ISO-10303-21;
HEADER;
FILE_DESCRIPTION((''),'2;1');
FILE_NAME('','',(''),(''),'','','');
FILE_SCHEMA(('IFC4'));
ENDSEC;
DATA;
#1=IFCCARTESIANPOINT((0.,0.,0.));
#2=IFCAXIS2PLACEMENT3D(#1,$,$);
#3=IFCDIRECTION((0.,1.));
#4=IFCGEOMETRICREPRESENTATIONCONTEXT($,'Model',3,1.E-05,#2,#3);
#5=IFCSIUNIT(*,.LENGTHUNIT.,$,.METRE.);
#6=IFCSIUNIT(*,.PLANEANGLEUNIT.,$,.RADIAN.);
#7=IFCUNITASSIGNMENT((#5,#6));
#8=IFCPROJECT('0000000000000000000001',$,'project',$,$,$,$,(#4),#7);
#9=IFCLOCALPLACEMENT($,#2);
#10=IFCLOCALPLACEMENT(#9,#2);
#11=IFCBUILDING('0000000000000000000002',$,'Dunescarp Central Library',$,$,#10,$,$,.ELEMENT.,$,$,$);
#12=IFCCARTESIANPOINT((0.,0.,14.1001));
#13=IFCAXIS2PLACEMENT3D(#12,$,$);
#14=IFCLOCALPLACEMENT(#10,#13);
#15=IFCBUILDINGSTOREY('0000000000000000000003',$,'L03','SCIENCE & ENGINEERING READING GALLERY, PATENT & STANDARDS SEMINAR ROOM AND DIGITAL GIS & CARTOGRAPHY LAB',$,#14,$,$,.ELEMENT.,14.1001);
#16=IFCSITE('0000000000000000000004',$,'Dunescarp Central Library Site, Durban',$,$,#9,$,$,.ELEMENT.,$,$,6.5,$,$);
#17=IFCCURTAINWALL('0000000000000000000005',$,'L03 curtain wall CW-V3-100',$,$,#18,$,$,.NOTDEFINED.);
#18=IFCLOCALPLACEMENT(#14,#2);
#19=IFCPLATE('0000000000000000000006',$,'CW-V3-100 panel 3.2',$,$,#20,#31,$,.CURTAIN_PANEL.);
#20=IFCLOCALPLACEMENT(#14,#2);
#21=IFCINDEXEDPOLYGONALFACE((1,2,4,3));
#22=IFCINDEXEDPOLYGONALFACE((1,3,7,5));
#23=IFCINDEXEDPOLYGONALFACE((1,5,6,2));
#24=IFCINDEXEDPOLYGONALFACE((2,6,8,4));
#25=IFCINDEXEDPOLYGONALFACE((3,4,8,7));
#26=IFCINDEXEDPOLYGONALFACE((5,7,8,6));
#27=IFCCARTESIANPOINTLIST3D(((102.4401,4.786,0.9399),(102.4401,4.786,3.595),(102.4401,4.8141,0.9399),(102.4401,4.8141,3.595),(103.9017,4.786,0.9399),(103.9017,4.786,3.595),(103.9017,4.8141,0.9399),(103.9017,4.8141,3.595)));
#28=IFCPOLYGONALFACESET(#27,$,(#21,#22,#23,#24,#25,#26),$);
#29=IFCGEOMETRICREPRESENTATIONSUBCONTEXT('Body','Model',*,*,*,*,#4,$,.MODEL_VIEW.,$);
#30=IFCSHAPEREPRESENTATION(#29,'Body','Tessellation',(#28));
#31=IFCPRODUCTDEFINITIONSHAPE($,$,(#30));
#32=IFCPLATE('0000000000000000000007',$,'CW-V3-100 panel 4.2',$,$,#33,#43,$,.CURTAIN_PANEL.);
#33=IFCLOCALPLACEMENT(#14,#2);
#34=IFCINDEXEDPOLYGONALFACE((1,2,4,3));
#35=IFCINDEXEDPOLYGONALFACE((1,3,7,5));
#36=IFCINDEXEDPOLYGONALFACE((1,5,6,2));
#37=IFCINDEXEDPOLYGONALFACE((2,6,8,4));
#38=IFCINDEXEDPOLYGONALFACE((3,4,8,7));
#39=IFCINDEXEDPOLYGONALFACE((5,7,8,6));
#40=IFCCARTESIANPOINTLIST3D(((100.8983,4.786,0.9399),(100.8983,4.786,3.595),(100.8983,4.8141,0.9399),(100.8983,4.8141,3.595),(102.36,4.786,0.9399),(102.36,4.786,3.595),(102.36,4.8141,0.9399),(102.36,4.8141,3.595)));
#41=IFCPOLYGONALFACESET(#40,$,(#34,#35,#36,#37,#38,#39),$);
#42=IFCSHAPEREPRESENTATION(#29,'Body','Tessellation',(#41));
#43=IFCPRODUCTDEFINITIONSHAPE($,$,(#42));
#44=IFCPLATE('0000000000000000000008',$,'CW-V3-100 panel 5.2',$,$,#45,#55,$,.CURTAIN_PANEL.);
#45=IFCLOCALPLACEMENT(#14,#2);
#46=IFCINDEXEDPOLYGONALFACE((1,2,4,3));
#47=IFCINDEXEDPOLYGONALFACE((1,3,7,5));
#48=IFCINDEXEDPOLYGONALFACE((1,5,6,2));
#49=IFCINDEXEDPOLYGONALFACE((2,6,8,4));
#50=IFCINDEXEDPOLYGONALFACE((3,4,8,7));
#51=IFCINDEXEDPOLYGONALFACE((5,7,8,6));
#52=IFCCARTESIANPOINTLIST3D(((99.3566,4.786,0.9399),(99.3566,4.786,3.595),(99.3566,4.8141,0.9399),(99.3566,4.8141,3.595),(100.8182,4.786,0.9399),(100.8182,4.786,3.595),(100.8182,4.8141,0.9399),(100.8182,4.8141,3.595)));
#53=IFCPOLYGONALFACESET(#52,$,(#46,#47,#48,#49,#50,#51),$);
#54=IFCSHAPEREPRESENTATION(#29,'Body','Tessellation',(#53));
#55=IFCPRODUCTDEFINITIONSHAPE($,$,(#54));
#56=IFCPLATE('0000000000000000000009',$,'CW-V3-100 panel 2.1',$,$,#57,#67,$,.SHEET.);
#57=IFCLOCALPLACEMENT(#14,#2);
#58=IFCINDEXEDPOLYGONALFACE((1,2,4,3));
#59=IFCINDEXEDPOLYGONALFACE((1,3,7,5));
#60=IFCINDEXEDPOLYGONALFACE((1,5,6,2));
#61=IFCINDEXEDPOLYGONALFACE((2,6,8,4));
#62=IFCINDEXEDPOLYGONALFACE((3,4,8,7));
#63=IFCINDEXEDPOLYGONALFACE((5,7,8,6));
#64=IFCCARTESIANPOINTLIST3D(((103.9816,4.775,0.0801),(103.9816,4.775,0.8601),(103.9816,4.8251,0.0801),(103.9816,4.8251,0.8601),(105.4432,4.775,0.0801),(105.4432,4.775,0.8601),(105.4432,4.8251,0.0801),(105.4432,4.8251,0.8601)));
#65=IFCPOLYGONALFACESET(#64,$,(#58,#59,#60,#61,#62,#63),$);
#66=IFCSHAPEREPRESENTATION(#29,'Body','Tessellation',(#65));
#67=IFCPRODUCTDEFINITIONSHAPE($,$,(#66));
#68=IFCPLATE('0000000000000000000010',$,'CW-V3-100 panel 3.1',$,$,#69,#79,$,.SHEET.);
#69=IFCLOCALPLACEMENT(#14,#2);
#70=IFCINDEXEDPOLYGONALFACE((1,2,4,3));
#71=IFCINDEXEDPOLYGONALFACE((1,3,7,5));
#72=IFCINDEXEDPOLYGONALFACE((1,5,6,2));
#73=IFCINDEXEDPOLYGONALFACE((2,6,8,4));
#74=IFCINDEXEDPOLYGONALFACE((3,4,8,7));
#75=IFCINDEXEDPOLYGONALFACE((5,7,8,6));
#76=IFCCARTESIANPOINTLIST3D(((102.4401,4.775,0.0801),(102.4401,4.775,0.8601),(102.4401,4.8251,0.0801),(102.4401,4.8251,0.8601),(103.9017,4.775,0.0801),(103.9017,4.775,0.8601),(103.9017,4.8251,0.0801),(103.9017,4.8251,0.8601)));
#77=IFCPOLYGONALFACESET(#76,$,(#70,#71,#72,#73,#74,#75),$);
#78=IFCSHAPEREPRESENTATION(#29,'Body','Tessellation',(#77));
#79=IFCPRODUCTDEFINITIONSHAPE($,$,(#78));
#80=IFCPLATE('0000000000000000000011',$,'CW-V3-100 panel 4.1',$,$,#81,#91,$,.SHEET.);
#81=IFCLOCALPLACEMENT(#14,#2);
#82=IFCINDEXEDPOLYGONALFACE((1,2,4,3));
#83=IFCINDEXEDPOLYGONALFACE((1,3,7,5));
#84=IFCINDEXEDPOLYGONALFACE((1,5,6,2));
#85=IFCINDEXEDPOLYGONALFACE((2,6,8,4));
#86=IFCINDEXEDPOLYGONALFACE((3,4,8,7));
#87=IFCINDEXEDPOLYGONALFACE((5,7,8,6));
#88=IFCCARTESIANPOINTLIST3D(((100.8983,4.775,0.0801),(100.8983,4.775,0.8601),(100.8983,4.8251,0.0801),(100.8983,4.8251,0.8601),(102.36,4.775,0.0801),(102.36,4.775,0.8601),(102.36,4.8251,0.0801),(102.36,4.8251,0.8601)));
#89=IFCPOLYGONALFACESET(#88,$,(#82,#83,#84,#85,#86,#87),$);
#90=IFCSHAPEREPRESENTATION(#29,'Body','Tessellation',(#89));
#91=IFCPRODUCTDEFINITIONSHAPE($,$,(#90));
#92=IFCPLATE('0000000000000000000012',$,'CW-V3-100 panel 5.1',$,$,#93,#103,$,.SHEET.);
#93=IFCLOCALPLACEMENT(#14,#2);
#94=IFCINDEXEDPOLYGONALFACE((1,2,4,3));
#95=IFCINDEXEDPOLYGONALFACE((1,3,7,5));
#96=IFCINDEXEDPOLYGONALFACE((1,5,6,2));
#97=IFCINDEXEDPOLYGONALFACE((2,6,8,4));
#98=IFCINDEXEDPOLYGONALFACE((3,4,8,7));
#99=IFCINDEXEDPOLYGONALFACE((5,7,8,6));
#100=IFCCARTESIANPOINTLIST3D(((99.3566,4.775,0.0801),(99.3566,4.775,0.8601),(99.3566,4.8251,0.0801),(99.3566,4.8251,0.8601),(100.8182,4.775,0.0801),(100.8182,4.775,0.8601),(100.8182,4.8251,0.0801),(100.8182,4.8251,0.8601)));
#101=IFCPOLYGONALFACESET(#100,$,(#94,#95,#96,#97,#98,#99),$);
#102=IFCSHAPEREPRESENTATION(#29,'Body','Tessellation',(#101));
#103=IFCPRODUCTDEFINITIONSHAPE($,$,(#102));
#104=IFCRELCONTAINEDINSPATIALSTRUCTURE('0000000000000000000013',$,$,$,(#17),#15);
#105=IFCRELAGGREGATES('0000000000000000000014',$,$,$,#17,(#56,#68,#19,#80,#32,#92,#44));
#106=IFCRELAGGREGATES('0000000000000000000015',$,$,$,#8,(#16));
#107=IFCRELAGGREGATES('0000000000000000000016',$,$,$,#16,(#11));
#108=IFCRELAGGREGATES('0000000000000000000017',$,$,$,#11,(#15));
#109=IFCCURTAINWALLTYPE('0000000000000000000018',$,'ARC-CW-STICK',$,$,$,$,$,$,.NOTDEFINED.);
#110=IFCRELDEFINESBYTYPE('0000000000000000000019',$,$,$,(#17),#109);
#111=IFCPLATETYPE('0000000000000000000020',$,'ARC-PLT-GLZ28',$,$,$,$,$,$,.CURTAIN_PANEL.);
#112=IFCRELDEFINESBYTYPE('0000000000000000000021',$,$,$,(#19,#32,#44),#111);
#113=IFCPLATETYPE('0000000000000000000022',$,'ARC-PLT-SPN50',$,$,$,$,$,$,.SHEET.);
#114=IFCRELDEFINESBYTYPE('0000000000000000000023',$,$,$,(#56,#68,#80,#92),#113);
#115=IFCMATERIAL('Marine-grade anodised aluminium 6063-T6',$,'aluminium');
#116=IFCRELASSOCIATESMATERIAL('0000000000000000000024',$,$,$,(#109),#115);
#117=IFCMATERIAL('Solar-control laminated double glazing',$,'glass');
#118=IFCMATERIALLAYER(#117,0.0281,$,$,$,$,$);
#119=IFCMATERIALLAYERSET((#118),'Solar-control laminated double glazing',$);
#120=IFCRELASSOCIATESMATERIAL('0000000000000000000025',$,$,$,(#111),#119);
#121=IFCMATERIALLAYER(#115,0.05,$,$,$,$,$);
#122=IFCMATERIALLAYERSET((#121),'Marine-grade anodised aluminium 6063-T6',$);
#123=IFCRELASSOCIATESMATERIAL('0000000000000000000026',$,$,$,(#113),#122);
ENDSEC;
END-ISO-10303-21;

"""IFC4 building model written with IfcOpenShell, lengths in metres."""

from ifc_helpers import new_model, si_unit, direction, frame, origin, origin_2d, place, context, subcontext, project, spatial, rectangle, extrude, material, layer, layer_set, type_object, element, aggregate, save


model = new_model("IFC4")

# Units and contexts
model_context = context("Model", 3, precision=1e-05, world=origin(), true_north=direction((0.0, 1.0)))
body_context = subcontext(model_context, "Body", "Model", "MODEL_VIEW")
ifc_project = project(units=[si_unit("LENGTHUNIT", "METRE"), si_unit("PLANEANGLEUNIT", "RADIAN")], contexts=[model_context])

# Site, building, storey
site_placement = place(None, origin())
site = spatial("IfcSite", under=ifc_project, at=site_placement, Name="Dunescarp Central Library Site, Durban", CompositionType="ELEMENT", RefElevation=6.5)
building_placement = place(site_placement, origin())
building = spatial("IfcBuilding", under=site, at=building_placement, Name="Dunescarp Central Library", CompositionType="ELEMENT")
storey_placement = place(building_placement, frame((0.0, 0.0, 14.1001)))
storey = spatial("IfcBuildingStorey", under=building, at=storey_placement, Name="L03", Description="SCIENCE & ENGINEERING READING GALLERY, PATENT & STANDARDS SEMINAR ROOM AND DIGITAL GIS & CARTOGRAPHY LAB", CompositionType="ELEMENT", Elevation=14.1001)

# Curtain wall, plates
ifc_material_1 = material(Name="Marine-grade anodised aluminium 6063-T6", Category="aluminium")
curtain_wall_type = type_object("IfcCurtainWallType", Name="ARC-CW-STICK", PredefinedType="NOTDEFINED", material=ifc_material_1)
curtain_wall_placement = place(storey_placement, origin())
curtain_wall = element("IfcCurtainWall", 1, at=curtain_wall_placement, inside=storey, type_object=curtain_wall_type, Name="L03 curtain wall CW-V3-100", PredefinedType="NOTDEFINED")
ifc_material_2 = material(Name="Solar-control laminated double glazing", Category="glass")
ifc_layer_1 = layer(ifc_material_2, 0.0281)
ifc_layer_set_1 = layer_set([ifc_layer_1], Name="Solar-control laminated double glazing")
plate_type_1 = type_object("IfcPlateType", Name="ARC-PLT-GLZ28", PredefinedType="CURTAIN_PANEL", material=ifc_layer_set_1)
plate_1_placement = place(storey_placement, frame((103.1709, 4.8, 0.9399), z_axis=(0.0, 0.0, 1.0), x_axis=(-1.0, 0.0, 0.0)))
plate_1 = element("IfcPlate", 2, at=plate_1_placement, type_object=plate_type_1, Name="CW-V3-100 panel 3.2", PredefinedType="CURTAIN_PANEL", context=body_context, shape_type="SweptSolid", body=[
    extrude(rectangle(XDim=1.4617, YDim=0.0281, at=origin_2d()), origin(), (0.0, 0.0, 1.0), 2.655),
])
plate_2_placement = place(storey_placement, frame((101.6292, 4.8, 0.9399), z_axis=(0.0, 0.0, 1.0), x_axis=(-1.0, 0.0, 0.0)))
plate_2 = element("IfcPlate", 3, at=plate_2_placement, type_object=plate_type_1, Name="CW-V3-100 panel 4.2", PredefinedType="CURTAIN_PANEL", context=body_context, shape_type="SweptSolid", body=[
    extrude(rectangle(XDim=1.4617, YDim=0.0281, at=origin_2d()), origin(), (0.0, 0.0, 1.0), 2.655),
])
plate_3_placement = place(storey_placement, frame((100.0874, 4.8, 0.9399), z_axis=(0.0, 0.0, 1.0), x_axis=(-1.0, 0.0, 0.0)))
plate_3 = element("IfcPlate", 4, at=plate_3_placement, type_object=plate_type_1, Name="CW-V3-100 panel 5.2", PredefinedType="CURTAIN_PANEL", context=body_context, shape_type="SweptSolid", body=[
    extrude(rectangle(XDim=1.4617, YDim=0.0281, at=origin_2d()), origin(), (0.0, 0.0, 1.0), 2.655),
])
ifc_layer_2 = layer(ifc_material_1, 0.05)
ifc_layer_set_2 = layer_set([ifc_layer_2], Name="Marine-grade anodised aluminium 6063-T6")
plate_type_2 = type_object("IfcPlateType", Name="ARC-PLT-SPN50", PredefinedType="SHEET", material=ifc_layer_set_2)
plate_4_placement = place(storey_placement, frame((104.7124, 4.8, 0.0801), z_axis=(0.0, 0.0, 1.0), x_axis=(-1.0, 0.0, 0.0)))
plate_4 = element("IfcPlate", 5, at=plate_4_placement, type_object=plate_type_2, Name="CW-V3-100 panel 2.1", PredefinedType="SHEET", context=body_context, shape_type="SweptSolid", body=[
    extrude(rectangle(XDim=1.4617, YDim=0.05, at=origin_2d()), origin(), (0.0, 0.0, 1.0), 0.78),
])
plate_5_placement = place(storey_placement, frame((103.1709, 4.8, 0.0801), z_axis=(0.0, 0.0, 1.0), x_axis=(-1.0, 0.0, 0.0)))
plate_5 = element("IfcPlate", 6, at=plate_5_placement, type_object=plate_type_2, Name="CW-V3-100 panel 3.1", PredefinedType="SHEET", context=body_context, shape_type="SweptSolid", body=[
    extrude(rectangle(XDim=1.4617, YDim=0.05, at=origin_2d()), origin(), (0.0, 0.0, 1.0), 0.78),
])
plate_6_placement = place(storey_placement, frame((101.6292, 4.8, 0.0801), z_axis=(0.0, 0.0, 1.0), x_axis=(-1.0, 0.0, 0.0)))
plate_6 = element("IfcPlate", 7, at=plate_6_placement, type_object=plate_type_2, Name="CW-V3-100 panel 4.1", PredefinedType="SHEET", context=body_context, shape_type="SweptSolid", body=[
    extrude(rectangle(XDim=1.4617, YDim=0.05, at=origin_2d()), origin(), (0.0, 0.0, 1.0), 0.78),
])
plate_7_placement = place(storey_placement, frame((100.0874, 4.8, 0.0801), z_axis=(0.0, 0.0, 1.0), x_axis=(-1.0, 0.0, 0.0)))
plate_7 = element("IfcPlate", 8, at=plate_7_placement, type_object=plate_type_2, Name="CW-V3-100 panel 5.1", PredefinedType="SHEET", context=body_context, shape_type="SweptSolid", body=[
    extrude(rectangle(XDim=1.4617, YDim=0.05, at=origin_2d()), origin(), (0.0, 0.0, 1.0), 0.78),
])
aggregate(curtain_wall, [plate_4, plate_5, plate_1, plate_6, plate_2, plate_7, plate_3])

save(model, "model.ifc")
